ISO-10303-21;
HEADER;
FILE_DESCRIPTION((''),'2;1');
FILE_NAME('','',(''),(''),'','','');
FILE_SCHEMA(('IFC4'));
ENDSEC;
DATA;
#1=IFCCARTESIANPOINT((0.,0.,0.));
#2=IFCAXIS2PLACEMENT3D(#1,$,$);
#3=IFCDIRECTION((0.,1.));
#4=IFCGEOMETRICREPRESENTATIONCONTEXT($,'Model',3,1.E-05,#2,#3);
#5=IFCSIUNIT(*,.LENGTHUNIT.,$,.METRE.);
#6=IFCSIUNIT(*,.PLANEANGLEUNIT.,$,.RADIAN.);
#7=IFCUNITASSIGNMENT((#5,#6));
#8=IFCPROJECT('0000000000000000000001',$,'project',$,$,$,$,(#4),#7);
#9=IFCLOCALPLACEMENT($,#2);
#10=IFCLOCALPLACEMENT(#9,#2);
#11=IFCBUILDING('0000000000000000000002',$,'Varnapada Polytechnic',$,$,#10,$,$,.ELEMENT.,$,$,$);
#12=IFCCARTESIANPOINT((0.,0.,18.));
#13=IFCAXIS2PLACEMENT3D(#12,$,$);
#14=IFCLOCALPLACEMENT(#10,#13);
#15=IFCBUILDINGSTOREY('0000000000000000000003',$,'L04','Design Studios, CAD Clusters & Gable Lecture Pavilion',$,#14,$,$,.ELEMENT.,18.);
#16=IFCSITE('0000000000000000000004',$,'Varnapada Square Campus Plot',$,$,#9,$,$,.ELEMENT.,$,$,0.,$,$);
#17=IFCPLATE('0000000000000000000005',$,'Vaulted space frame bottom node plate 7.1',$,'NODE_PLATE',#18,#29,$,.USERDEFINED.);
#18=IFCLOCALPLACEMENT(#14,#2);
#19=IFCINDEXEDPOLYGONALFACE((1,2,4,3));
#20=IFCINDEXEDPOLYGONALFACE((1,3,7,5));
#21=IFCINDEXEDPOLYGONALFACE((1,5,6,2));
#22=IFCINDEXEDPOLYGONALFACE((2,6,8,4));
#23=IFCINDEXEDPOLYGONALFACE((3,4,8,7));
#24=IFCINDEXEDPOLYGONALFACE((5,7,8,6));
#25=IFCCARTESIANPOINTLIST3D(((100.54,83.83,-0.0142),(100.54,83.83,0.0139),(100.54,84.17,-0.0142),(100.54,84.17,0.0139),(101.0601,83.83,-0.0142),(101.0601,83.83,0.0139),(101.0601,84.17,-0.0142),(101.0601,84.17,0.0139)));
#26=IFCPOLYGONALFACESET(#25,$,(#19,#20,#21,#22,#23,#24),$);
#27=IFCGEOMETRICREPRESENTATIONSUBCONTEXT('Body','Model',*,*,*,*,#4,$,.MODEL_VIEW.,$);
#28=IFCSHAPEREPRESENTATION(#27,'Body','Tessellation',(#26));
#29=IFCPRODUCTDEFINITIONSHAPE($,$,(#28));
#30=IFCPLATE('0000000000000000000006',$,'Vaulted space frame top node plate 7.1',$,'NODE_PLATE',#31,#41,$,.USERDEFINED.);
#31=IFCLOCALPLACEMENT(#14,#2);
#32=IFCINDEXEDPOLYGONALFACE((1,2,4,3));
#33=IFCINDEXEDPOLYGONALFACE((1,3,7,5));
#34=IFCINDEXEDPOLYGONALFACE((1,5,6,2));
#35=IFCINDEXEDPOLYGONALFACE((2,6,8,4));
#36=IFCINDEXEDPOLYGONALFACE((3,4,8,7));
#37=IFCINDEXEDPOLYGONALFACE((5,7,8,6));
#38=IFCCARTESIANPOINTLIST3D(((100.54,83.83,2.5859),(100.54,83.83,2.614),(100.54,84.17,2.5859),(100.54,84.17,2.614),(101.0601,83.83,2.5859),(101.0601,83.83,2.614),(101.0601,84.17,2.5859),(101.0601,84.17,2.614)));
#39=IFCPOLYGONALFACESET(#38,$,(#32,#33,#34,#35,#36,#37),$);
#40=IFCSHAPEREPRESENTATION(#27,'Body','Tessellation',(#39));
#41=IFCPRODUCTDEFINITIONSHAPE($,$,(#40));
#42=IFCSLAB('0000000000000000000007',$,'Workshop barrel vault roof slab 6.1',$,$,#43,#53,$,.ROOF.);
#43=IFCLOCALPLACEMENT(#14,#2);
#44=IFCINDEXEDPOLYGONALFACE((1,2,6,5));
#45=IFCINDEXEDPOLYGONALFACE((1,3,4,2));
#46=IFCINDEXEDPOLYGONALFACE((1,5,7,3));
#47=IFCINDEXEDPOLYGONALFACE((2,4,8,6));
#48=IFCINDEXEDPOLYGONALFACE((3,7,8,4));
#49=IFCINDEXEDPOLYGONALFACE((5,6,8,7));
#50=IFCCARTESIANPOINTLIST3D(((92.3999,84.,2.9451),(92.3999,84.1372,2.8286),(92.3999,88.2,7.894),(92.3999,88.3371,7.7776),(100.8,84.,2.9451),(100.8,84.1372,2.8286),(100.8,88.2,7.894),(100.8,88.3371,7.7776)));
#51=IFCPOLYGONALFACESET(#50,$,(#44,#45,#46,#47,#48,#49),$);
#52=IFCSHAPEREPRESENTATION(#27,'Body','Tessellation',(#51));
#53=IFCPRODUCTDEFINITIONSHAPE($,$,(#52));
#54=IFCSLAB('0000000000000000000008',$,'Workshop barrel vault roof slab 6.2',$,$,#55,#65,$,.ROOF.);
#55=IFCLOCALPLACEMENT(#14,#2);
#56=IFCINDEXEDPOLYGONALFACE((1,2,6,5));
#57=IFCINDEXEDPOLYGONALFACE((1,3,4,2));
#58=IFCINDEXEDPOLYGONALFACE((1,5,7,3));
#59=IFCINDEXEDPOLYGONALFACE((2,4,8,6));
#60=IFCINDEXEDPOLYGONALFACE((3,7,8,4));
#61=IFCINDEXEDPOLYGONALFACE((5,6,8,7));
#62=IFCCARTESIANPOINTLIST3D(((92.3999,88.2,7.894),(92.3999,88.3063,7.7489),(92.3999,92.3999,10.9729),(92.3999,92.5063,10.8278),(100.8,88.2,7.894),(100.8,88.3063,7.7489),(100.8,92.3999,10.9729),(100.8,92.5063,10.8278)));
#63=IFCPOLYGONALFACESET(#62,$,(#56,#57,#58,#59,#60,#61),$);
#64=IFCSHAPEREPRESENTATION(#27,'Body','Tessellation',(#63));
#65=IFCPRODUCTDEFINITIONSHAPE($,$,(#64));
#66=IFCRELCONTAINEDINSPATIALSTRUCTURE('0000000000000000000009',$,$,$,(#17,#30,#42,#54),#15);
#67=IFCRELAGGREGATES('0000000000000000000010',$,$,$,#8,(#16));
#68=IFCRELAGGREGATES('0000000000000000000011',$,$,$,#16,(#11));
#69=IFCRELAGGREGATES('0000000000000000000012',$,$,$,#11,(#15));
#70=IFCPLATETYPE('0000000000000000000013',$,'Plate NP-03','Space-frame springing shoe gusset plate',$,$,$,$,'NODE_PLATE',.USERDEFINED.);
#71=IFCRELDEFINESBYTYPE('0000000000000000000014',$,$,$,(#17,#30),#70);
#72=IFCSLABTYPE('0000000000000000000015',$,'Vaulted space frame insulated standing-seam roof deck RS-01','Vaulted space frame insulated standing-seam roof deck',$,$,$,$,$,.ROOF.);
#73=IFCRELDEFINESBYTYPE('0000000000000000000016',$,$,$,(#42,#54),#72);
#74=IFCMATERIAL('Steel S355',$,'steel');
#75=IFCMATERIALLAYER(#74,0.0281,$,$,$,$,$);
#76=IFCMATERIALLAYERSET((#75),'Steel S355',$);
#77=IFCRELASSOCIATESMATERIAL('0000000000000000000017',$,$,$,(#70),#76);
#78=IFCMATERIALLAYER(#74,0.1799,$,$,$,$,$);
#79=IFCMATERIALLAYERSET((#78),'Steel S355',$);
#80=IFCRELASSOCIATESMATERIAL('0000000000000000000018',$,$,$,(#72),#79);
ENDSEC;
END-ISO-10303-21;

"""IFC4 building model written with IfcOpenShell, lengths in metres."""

from ifc_helpers import new_model, si_unit, direction, frame, origin, origin_2d, place, context, subcontext, project, spatial, polyline, rectangle, outline, extrude, material, layer, layer_set, type_object, element, save


model = new_model("IFC4")

# Units and contexts
model_context = context("Model", 3, precision=1e-05, world=origin(), true_north=direction((0.0, 1.0)))
body_context = subcontext(model_context, "Body", "Model", "MODEL_VIEW")
ifc_project = project(units=[si_unit("LENGTHUNIT", "METRE"), si_unit("PLANEANGLEUNIT", "RADIAN")], contexts=[model_context])

# Site, building, storey
site_placement = place(None, origin())
site = spatial("IfcSite", under=ifc_project, at=site_placement, Name="Varnapada Square Campus Plot", CompositionType="ELEMENT", RefElevation=0.0)
building_placement = place(site_placement, origin())
building = spatial("IfcBuilding", under=site, at=building_placement, Name="Varnapada Polytechnic", CompositionType="ELEMENT")
storey_placement = place(building_placement, frame((0.0, 0.0, 18.0)))
storey = spatial("IfcBuildingStorey", under=building, at=storey_placement, Name="L04", Description="Design Studios, CAD Clusters & Gable Lecture Pavilion", CompositionType="ELEMENT", Elevation=18.0)

# Shared definitions
ifc_material = material(Name="Steel S355", Category="steel")

# Plates
ifc_layer_1 = layer(ifc_material, 0.0281)
ifc_layer_set_1 = layer_set([ifc_layer_1], Name="Steel S355")
plate_type_1 = type_object("IfcPlateType", Name="Plate NP-03", Description="Space-frame springing shoe gusset plate", ElementType="NODE_PLATE", PredefinedType="USERDEFINED", material=ifc_layer_set_1)
for number, where, z_axis, x_axis, name in (
    (1, (100.8, 84.0, -0.0142), (0.0, 0.0, 1.0), (1.0, 0.0, 0.0), "Vaulted space frame bottom node plate 7.1"),
    (2, (100.8, 84.0, 2.5859), (0.0, 0.0, 1.0), (1.0, 0.0, 0.0), "Vaulted space frame top node plate 7.1"),
):
    element("IfcPlate", number, at=place(storey_placement, frame(where, z_axis=z_axis, x_axis=x_axis)), inside=storey, type_object=plate_type_1, Name=name, ObjectType="NODE_PLATE", PredefinedType="USERDEFINED", context=body_context, shape_type="SweptSolid", body=[
        extrude(rectangle(XDim=0.52, YDim=0.3401, at=origin_2d()), origin(), (0.0, 0.0, 1.0), 0.0281),
    ])

# Slabs
ifc_layer_2 = layer(ifc_material, 0.1799)
ifc_layer_set_2 = layer_set([ifc_layer_2], Name="Steel S355")
slab_type = type_object("IfcSlabType", Name="Vaulted space frame insulated standing-seam roof deck RS-01", Description="Vaulted space frame insulated standing-seam roof deck", PredefinedType="ROOF", material=ifc_layer_set_2)
slab_1_placement = place(storey_placement, frame((92.3999, 84.0, 2.9451), z_axis=(0.0, -0.762447, 0.647051), x_axis=(1.0, 0.0, 0.0)))
element("IfcSlab", 3, at=slab_1_placement, inside=storey, type_object=slab_type, Name="Workshop barrel vault roof slab 6.1", PredefinedType="ROOF", context=body_context, shape_type="SweptSolid", body=[
    extrude(outline(polyline([(0.0, 0.0), (8.4001, 0.0), (8.4001, 6.4909), (0.0, 6.4909), (0.0, 0.0)])), origin(), (0.0, 0.0, -1.0), 0.1799),
])
slab_2_placement = place(storey_placement, frame((92.3999, 88.2, 7.894), z_axis=(0.0, -0.591225, 0.806506), x_axis=(1.0, 0.0, 0.0)))
element("IfcSlab", 4, at=slab_2_placement, inside=storey, type_object=slab_type, Name="Workshop barrel vault roof slab 6.2", PredefinedType="ROOF", context=body_context, shape_type="SweptSolid", body=[
    extrude(outline(polyline([(0.0, 0.0), (8.4001, 0.0), (8.4001, 5.2076), (0.0, 5.2076), (0.0, 0.0)])), origin(), (0.0, 0.0, -1.0), 0.1799),
])

save(model, "model.ifc")
